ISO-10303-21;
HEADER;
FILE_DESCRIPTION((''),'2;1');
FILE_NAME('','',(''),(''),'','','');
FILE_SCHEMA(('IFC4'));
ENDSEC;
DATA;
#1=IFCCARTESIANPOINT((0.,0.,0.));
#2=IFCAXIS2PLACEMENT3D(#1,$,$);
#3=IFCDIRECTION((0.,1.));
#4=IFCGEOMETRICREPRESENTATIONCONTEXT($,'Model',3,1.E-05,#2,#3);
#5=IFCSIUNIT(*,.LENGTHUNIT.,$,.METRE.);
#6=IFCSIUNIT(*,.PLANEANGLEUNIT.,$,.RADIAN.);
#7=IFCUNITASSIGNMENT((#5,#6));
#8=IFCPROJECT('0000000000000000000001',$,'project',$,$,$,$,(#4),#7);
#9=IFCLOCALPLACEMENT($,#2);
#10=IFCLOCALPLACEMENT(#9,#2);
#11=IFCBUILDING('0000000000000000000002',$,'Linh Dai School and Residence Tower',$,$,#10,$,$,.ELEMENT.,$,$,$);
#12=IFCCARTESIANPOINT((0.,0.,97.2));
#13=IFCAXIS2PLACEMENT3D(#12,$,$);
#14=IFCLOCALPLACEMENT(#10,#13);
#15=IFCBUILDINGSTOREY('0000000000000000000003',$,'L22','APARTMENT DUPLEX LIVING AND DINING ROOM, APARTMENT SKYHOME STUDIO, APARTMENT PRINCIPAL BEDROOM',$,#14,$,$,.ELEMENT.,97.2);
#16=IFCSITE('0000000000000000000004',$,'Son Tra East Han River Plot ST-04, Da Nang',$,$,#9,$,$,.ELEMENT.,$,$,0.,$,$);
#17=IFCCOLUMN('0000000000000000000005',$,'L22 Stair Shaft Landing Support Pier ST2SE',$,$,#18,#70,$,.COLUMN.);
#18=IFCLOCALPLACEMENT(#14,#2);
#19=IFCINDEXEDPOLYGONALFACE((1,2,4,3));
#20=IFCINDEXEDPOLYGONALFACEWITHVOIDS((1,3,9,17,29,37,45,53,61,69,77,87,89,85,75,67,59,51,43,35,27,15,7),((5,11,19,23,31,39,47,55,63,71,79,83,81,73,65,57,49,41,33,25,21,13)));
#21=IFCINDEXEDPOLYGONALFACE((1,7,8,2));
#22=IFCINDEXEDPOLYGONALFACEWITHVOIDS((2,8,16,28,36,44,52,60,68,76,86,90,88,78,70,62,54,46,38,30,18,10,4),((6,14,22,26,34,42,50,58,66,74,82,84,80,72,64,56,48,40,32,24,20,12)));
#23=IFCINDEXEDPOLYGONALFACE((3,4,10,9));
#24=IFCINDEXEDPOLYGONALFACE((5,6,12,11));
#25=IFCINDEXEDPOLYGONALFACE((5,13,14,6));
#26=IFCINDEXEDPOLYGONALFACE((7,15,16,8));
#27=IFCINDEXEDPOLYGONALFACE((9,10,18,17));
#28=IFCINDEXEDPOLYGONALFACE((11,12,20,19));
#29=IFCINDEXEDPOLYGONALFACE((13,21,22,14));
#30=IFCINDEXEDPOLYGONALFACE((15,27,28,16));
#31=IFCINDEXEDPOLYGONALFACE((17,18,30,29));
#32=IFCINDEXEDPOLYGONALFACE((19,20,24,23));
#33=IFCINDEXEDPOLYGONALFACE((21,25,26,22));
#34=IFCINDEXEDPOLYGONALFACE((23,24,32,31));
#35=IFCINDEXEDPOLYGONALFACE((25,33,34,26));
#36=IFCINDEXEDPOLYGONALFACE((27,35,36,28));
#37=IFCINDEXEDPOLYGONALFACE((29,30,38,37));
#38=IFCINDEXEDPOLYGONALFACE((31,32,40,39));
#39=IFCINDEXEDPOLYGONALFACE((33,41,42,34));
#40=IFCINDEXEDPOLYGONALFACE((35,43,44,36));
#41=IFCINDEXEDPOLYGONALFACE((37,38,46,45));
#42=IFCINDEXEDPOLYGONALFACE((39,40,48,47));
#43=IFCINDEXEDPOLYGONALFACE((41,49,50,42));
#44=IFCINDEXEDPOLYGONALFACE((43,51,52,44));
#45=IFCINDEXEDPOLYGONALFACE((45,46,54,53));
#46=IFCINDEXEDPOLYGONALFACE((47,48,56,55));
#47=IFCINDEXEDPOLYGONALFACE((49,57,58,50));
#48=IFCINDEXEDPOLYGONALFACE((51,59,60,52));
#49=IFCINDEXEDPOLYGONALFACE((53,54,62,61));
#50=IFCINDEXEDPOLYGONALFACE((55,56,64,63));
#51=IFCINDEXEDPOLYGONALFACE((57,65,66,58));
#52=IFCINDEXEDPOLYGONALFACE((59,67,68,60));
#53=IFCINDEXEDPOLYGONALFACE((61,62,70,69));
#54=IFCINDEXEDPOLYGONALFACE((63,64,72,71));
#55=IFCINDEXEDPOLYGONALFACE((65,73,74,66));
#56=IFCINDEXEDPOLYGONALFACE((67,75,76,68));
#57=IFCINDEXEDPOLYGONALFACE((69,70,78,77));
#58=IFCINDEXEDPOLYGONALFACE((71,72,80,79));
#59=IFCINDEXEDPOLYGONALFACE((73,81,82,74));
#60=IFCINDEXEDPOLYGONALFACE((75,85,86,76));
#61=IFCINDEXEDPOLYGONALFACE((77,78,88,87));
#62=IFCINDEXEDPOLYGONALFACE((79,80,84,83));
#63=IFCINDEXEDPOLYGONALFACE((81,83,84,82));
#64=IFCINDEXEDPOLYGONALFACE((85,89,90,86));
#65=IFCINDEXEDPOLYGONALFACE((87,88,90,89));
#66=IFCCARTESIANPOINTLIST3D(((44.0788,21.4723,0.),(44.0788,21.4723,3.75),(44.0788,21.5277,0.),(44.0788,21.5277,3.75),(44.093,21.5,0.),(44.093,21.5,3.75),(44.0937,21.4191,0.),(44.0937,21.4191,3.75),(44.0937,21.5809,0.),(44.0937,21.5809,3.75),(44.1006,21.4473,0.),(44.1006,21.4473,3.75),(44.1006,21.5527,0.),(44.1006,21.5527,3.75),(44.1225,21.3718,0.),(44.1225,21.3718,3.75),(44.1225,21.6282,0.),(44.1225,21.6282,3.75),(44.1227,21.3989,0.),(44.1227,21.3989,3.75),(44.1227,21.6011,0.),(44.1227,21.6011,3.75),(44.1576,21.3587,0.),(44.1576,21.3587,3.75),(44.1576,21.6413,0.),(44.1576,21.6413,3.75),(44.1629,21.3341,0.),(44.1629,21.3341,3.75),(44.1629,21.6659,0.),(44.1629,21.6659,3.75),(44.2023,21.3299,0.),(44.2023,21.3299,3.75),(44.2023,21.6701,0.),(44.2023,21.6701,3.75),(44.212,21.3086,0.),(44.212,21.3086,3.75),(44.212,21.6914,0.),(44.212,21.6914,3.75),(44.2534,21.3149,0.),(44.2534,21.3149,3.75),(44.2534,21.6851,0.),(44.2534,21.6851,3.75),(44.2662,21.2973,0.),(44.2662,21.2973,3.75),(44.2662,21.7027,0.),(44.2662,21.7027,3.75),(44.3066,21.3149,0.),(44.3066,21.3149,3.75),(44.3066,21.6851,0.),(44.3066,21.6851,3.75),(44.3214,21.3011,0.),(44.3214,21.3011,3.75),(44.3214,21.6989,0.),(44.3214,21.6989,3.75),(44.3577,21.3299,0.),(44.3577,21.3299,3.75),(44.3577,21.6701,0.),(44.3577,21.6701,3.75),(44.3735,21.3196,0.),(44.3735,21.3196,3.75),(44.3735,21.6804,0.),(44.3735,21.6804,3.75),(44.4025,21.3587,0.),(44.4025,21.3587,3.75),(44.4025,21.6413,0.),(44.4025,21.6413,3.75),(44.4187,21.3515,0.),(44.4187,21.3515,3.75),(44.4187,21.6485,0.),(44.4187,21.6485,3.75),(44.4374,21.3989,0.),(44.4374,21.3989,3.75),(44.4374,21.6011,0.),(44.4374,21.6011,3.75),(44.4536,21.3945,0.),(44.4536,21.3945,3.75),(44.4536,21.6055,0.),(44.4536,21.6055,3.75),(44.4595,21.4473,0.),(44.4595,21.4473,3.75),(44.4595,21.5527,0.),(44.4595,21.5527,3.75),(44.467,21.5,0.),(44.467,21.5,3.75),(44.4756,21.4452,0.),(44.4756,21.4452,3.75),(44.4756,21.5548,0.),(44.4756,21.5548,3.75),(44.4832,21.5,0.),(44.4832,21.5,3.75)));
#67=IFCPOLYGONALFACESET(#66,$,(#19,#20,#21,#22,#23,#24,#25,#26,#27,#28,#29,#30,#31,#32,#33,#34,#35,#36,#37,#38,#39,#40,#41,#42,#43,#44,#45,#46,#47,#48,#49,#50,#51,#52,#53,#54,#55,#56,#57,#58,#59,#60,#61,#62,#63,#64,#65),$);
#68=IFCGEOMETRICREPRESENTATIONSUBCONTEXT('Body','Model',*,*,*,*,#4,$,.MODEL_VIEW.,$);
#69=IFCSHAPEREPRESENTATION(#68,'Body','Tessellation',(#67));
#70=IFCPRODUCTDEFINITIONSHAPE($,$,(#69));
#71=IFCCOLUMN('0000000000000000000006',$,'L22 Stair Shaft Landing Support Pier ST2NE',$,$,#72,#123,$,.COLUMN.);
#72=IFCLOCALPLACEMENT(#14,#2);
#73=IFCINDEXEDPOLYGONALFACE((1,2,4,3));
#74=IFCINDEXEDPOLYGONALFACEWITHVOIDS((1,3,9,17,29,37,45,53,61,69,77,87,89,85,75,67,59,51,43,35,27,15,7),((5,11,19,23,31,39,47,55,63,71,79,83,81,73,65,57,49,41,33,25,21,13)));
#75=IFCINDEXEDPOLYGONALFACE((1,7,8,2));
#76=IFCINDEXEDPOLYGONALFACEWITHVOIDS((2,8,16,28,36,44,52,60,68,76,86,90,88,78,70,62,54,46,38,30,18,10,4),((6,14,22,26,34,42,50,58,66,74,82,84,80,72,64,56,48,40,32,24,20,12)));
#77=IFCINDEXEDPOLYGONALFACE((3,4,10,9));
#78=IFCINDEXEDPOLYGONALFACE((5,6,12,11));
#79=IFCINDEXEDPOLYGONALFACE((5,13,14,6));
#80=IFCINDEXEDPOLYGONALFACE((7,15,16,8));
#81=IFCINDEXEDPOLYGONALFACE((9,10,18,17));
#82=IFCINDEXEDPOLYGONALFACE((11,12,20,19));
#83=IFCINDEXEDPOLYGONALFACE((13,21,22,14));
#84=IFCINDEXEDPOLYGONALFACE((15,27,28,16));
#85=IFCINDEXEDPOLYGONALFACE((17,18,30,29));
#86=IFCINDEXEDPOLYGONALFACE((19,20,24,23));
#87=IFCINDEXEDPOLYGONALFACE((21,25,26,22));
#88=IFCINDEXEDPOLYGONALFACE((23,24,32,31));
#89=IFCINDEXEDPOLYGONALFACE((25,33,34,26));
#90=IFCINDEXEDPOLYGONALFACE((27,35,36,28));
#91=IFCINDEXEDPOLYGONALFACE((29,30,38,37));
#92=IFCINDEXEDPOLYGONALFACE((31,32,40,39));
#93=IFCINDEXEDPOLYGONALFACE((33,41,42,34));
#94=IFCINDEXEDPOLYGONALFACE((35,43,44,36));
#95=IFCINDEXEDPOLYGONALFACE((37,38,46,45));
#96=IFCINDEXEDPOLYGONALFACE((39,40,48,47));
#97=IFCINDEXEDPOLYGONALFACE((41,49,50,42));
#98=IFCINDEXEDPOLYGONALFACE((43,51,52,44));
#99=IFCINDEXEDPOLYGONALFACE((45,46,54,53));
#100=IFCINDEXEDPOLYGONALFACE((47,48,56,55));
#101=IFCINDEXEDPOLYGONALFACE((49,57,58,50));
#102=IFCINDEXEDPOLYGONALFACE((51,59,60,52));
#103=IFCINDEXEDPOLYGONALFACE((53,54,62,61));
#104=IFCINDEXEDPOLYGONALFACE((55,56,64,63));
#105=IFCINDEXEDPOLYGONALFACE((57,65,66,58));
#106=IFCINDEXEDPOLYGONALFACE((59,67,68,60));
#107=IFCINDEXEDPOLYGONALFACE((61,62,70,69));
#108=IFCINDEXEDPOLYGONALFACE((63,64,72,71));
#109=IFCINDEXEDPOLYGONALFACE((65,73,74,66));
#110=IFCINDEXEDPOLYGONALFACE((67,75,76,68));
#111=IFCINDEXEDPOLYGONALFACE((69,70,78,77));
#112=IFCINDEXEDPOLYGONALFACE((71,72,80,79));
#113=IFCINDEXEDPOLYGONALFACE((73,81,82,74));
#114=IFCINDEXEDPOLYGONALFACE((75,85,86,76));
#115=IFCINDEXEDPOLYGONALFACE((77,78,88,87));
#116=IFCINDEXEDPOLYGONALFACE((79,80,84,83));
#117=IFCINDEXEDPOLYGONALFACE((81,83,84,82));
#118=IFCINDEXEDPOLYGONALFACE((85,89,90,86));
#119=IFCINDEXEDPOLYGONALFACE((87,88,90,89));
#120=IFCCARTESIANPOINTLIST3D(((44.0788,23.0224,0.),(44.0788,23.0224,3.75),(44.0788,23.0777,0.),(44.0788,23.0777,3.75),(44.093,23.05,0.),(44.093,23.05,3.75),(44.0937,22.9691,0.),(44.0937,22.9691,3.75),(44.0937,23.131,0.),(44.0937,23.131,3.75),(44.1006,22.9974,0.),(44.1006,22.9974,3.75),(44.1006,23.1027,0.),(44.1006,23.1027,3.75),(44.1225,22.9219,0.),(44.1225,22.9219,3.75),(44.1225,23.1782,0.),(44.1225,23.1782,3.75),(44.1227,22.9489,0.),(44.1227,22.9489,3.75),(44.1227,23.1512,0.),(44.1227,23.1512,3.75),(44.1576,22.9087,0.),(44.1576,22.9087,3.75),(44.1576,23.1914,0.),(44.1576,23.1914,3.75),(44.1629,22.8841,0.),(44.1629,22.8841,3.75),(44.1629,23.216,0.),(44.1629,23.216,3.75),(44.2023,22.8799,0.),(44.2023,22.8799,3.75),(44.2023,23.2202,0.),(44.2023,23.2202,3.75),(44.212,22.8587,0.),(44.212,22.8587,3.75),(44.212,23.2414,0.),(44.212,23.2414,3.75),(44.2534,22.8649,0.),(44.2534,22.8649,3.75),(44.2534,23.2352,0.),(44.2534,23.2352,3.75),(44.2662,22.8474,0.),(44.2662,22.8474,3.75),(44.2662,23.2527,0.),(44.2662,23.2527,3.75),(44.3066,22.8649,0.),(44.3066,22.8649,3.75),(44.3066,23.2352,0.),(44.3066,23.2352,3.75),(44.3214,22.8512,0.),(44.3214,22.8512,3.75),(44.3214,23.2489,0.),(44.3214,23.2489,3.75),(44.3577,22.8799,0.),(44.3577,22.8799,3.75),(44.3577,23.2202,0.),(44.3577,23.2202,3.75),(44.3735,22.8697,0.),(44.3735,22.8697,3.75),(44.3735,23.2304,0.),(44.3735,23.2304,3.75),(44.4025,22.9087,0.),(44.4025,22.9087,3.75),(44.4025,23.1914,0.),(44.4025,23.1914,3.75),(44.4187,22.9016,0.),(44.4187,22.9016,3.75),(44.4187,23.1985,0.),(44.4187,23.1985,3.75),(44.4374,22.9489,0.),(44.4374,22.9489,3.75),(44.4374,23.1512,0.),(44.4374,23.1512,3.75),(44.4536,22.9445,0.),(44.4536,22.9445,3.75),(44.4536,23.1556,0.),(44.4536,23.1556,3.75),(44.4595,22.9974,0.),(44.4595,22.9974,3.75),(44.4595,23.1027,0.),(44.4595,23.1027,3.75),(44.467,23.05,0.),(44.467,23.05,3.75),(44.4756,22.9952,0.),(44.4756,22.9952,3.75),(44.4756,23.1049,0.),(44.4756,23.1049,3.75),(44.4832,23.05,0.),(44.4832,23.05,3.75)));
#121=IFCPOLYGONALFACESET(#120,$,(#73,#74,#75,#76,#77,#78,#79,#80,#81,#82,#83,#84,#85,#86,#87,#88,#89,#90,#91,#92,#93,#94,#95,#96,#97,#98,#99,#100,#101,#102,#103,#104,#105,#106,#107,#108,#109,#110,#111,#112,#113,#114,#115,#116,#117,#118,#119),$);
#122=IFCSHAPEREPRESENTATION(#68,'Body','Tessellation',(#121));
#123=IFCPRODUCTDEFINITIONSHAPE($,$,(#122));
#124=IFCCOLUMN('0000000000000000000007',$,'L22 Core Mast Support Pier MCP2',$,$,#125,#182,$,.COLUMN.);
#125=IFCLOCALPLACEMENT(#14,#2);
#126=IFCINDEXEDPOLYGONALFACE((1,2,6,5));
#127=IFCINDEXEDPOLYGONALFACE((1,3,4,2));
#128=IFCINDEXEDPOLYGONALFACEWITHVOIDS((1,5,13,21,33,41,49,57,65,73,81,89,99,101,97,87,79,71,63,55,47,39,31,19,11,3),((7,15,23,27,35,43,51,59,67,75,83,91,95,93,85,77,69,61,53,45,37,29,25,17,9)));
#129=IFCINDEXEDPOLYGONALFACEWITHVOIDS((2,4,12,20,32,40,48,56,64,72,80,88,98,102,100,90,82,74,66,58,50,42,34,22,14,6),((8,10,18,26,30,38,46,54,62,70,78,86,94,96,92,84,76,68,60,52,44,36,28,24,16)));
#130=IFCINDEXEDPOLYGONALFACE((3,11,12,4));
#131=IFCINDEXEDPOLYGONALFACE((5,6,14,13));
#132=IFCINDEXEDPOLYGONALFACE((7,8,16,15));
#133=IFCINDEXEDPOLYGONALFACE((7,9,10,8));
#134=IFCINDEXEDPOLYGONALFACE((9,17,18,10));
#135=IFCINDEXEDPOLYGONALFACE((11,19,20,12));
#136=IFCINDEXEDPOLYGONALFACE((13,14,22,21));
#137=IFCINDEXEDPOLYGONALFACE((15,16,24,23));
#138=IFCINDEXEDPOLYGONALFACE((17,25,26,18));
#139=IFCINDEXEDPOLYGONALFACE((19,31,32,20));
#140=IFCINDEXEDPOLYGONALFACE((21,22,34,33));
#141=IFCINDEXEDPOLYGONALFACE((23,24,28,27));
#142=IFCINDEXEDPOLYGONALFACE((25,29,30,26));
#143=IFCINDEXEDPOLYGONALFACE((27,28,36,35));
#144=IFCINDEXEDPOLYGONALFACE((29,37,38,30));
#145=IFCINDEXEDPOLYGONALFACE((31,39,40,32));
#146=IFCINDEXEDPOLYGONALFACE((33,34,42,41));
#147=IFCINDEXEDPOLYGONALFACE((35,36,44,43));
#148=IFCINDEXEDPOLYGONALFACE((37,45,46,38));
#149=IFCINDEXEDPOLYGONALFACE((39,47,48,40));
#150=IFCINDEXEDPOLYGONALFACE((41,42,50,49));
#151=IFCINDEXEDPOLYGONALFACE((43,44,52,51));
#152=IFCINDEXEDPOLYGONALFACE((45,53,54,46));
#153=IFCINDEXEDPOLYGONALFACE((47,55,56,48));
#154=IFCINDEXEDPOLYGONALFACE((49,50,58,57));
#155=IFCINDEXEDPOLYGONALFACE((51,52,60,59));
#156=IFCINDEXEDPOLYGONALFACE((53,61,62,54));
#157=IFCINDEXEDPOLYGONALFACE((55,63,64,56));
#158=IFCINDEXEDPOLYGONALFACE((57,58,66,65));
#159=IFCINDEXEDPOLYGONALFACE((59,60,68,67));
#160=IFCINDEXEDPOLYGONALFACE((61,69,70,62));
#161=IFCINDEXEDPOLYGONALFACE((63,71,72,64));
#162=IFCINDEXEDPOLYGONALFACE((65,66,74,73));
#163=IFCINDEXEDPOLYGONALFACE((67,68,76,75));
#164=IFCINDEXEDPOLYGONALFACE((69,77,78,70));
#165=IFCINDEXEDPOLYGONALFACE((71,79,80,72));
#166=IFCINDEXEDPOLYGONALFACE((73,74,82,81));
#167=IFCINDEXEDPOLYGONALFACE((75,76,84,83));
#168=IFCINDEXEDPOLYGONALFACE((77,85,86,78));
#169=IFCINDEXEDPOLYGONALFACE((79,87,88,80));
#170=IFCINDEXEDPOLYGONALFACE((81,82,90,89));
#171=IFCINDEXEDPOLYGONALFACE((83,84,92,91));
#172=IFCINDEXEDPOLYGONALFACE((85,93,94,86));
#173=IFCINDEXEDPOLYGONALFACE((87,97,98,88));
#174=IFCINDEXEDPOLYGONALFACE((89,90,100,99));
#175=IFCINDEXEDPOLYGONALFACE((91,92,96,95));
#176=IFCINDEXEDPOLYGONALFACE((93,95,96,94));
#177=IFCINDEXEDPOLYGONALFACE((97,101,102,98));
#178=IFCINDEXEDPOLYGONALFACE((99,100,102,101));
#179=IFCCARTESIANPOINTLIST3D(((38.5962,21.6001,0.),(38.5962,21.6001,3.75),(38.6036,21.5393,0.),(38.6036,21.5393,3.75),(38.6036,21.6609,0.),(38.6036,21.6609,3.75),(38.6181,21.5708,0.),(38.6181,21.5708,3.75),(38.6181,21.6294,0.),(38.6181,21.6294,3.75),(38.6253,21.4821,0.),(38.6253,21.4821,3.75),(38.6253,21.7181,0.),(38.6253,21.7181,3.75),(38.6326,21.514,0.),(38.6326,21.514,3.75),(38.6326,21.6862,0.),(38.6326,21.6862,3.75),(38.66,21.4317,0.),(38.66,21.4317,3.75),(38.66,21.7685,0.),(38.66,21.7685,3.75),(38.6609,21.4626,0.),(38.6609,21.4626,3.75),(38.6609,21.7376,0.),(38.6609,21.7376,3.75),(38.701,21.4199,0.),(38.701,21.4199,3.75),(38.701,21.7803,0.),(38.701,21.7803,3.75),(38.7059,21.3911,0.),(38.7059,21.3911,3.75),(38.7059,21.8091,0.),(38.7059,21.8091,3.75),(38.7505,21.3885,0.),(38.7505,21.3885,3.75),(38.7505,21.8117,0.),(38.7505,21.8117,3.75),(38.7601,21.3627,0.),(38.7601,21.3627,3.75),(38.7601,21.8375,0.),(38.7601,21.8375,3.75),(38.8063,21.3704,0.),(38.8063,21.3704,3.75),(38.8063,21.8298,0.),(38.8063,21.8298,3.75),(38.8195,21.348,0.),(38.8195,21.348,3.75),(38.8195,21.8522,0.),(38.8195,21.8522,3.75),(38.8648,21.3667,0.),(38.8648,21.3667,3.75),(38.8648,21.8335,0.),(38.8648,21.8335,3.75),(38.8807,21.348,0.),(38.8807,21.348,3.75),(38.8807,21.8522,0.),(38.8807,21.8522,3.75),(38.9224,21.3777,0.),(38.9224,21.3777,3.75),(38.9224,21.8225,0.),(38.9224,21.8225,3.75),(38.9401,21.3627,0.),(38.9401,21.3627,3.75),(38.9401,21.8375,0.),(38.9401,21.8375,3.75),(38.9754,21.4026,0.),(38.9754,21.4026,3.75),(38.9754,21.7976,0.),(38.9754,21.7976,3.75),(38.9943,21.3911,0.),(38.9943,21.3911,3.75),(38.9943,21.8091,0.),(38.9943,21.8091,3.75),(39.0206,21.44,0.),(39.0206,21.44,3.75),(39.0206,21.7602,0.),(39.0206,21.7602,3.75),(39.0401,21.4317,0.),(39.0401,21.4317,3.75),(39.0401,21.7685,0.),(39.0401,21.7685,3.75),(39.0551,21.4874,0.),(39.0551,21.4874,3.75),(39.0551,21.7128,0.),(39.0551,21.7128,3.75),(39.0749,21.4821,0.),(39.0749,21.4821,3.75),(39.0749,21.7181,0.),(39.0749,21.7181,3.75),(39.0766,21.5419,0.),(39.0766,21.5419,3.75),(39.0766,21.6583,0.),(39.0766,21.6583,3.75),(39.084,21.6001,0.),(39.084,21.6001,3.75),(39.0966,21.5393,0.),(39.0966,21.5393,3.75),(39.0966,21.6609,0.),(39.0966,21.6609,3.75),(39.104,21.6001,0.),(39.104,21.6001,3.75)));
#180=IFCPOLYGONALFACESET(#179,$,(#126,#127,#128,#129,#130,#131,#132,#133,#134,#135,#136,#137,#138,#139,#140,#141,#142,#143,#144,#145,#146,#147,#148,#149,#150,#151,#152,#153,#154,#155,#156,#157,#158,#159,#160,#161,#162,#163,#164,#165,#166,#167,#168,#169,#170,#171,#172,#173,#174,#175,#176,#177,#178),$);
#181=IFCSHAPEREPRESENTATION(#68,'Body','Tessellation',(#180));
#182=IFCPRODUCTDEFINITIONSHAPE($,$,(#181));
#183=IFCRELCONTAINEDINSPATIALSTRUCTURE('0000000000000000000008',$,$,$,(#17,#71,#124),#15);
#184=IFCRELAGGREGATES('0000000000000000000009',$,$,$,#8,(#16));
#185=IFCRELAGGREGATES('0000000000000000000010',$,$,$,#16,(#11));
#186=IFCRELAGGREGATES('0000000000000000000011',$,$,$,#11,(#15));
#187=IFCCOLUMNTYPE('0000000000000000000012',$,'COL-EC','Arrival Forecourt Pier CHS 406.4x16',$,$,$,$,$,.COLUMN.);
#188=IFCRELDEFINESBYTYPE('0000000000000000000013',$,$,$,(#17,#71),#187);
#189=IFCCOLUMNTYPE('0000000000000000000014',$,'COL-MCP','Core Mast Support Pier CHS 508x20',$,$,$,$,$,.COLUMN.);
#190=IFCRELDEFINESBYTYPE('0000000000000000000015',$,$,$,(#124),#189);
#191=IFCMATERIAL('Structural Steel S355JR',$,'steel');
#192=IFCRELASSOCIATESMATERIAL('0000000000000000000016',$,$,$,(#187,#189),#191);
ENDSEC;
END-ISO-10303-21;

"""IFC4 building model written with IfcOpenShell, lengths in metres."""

from ifc_helpers import new_model, si_unit, direction, frame, origin, origin_2d, place, context, subcontext, project, spatial, hollow_circle, extrude, material, material_profile, profile_set, type_object, element, save


model = new_model("IFC4")

# Units and contexts
model_context = context("Model", 3, precision=1e-05, world=origin(), true_north=direction((0.0, 1.0)))
body_context = subcontext(model_context, "Body", "Model", "MODEL_VIEW")
ifc_project = project(units=[si_unit("LENGTHUNIT", "METRE"), si_unit("PLANEANGLEUNIT", "RADIAN")], contexts=[model_context])

# Site, building, storey
site_placement = place(None, origin())
site = spatial("IfcSite", under=ifc_project, at=site_placement, Name="Son Tra East Han River Plot ST-04, Da Nang", CompositionType="ELEMENT", RefElevation=0.0)
building_placement = place(site_placement, origin())
building = spatial("IfcBuilding", under=site, at=building_placement, Name="Linh Dai School and Residence Tower", CompositionType="ELEMENT")
storey_placement = place(building_placement, frame((0.0, 0.0, 97.2)))
storey = spatial("IfcBuildingStorey", under=building, at=storey_placement, Name="L22", Description="APARTMENT DUPLEX LIVING AND DINING ROOM, APARTMENT SKYHOME STUDIO, APARTMENT PRINCIPAL BEDROOM", CompositionType="ELEMENT", Elevation=97.2)

# Columns
ifc_material_1 = material(Name="Structural Steel S355JR", Category="steel")
ifc_material_profile_1 = material_profile(ifc_material_1, hollow_circle(Radius=0.2031, WallThickness=0.0161, at=origin_2d()), Name="CHS 406.4x16")
ifc_profile_set_1 = profile_set([ifc_material_profile_1], Name="Structural Steel S355JR")
column_type_1 = type_object("IfcColumnType", Name="COL-EC", Description="Arrival Forecourt Pier CHS 406.4x16", PredefinedType="COLUMN", material=ifc_profile_set_1)
for number, where, z_axis, x_axis, name in (
    (1, (44.28, 21.5, 0.0), (0.0, 0.0, 1.0), (1.0, 0.0, 0.0), "L22 Stair Shaft Landing Support Pier ST2SE"),
    (2, (44.28, 23.05, 0.0), (0.0, 0.0, 1.0), (1.0, 0.0, 0.0), "L22 Stair Shaft Landing Support Pier ST2NE"),
):
    element("IfcColumn", number, at=place(storey_placement, frame(where, z_axis=z_axis, x_axis=x_axis)), inside=storey, type_object=column_type_1, Name=name, PredefinedType="COLUMN", context=body_context, shape_type="SweptSolid", body=[
        extrude(hollow_circle(Radius=0.2031, WallThickness=0.0161, at=origin_2d()), origin(), (0.0, 0.0, 1.0), 3.75),
    ])
ifc_material_profile_2 = material_profile(ifc_material_1, hollow_circle(Radius=0.2539, WallThickness=0.02, at=origin_2d()), Name="CHS 508x20")
ifc_profile_set_2 = profile_set([ifc_material_profile_2], Name="Structural Steel S355JR")
column_type_2 = type_object("IfcColumnType", Name="COL-MCP", Description="Core Mast Support Pier CHS 508x20", PredefinedType="COLUMN", material=ifc_profile_set_2)
column_placement = place(storey_placement, frame((38.8501, 21.6001, 0.0), z_axis=(0.0, 0.0, 1.0), x_axis=(1.0, 0.0, 0.0)))
element("IfcColumn", 3, at=column_placement, inside=storey, type_object=column_type_2, Name="L22 Core Mast Support Pier MCP2", PredefinedType="COLUMN", context=body_context, shape_type="SweptSolid", body=[
    extrude(hollow_circle(Radius=0.2539, WallThickness=0.02, at=origin_2d()), origin(), (0.0, 0.0, 1.0), 3.75),
])

save(model, "model.ifc")
